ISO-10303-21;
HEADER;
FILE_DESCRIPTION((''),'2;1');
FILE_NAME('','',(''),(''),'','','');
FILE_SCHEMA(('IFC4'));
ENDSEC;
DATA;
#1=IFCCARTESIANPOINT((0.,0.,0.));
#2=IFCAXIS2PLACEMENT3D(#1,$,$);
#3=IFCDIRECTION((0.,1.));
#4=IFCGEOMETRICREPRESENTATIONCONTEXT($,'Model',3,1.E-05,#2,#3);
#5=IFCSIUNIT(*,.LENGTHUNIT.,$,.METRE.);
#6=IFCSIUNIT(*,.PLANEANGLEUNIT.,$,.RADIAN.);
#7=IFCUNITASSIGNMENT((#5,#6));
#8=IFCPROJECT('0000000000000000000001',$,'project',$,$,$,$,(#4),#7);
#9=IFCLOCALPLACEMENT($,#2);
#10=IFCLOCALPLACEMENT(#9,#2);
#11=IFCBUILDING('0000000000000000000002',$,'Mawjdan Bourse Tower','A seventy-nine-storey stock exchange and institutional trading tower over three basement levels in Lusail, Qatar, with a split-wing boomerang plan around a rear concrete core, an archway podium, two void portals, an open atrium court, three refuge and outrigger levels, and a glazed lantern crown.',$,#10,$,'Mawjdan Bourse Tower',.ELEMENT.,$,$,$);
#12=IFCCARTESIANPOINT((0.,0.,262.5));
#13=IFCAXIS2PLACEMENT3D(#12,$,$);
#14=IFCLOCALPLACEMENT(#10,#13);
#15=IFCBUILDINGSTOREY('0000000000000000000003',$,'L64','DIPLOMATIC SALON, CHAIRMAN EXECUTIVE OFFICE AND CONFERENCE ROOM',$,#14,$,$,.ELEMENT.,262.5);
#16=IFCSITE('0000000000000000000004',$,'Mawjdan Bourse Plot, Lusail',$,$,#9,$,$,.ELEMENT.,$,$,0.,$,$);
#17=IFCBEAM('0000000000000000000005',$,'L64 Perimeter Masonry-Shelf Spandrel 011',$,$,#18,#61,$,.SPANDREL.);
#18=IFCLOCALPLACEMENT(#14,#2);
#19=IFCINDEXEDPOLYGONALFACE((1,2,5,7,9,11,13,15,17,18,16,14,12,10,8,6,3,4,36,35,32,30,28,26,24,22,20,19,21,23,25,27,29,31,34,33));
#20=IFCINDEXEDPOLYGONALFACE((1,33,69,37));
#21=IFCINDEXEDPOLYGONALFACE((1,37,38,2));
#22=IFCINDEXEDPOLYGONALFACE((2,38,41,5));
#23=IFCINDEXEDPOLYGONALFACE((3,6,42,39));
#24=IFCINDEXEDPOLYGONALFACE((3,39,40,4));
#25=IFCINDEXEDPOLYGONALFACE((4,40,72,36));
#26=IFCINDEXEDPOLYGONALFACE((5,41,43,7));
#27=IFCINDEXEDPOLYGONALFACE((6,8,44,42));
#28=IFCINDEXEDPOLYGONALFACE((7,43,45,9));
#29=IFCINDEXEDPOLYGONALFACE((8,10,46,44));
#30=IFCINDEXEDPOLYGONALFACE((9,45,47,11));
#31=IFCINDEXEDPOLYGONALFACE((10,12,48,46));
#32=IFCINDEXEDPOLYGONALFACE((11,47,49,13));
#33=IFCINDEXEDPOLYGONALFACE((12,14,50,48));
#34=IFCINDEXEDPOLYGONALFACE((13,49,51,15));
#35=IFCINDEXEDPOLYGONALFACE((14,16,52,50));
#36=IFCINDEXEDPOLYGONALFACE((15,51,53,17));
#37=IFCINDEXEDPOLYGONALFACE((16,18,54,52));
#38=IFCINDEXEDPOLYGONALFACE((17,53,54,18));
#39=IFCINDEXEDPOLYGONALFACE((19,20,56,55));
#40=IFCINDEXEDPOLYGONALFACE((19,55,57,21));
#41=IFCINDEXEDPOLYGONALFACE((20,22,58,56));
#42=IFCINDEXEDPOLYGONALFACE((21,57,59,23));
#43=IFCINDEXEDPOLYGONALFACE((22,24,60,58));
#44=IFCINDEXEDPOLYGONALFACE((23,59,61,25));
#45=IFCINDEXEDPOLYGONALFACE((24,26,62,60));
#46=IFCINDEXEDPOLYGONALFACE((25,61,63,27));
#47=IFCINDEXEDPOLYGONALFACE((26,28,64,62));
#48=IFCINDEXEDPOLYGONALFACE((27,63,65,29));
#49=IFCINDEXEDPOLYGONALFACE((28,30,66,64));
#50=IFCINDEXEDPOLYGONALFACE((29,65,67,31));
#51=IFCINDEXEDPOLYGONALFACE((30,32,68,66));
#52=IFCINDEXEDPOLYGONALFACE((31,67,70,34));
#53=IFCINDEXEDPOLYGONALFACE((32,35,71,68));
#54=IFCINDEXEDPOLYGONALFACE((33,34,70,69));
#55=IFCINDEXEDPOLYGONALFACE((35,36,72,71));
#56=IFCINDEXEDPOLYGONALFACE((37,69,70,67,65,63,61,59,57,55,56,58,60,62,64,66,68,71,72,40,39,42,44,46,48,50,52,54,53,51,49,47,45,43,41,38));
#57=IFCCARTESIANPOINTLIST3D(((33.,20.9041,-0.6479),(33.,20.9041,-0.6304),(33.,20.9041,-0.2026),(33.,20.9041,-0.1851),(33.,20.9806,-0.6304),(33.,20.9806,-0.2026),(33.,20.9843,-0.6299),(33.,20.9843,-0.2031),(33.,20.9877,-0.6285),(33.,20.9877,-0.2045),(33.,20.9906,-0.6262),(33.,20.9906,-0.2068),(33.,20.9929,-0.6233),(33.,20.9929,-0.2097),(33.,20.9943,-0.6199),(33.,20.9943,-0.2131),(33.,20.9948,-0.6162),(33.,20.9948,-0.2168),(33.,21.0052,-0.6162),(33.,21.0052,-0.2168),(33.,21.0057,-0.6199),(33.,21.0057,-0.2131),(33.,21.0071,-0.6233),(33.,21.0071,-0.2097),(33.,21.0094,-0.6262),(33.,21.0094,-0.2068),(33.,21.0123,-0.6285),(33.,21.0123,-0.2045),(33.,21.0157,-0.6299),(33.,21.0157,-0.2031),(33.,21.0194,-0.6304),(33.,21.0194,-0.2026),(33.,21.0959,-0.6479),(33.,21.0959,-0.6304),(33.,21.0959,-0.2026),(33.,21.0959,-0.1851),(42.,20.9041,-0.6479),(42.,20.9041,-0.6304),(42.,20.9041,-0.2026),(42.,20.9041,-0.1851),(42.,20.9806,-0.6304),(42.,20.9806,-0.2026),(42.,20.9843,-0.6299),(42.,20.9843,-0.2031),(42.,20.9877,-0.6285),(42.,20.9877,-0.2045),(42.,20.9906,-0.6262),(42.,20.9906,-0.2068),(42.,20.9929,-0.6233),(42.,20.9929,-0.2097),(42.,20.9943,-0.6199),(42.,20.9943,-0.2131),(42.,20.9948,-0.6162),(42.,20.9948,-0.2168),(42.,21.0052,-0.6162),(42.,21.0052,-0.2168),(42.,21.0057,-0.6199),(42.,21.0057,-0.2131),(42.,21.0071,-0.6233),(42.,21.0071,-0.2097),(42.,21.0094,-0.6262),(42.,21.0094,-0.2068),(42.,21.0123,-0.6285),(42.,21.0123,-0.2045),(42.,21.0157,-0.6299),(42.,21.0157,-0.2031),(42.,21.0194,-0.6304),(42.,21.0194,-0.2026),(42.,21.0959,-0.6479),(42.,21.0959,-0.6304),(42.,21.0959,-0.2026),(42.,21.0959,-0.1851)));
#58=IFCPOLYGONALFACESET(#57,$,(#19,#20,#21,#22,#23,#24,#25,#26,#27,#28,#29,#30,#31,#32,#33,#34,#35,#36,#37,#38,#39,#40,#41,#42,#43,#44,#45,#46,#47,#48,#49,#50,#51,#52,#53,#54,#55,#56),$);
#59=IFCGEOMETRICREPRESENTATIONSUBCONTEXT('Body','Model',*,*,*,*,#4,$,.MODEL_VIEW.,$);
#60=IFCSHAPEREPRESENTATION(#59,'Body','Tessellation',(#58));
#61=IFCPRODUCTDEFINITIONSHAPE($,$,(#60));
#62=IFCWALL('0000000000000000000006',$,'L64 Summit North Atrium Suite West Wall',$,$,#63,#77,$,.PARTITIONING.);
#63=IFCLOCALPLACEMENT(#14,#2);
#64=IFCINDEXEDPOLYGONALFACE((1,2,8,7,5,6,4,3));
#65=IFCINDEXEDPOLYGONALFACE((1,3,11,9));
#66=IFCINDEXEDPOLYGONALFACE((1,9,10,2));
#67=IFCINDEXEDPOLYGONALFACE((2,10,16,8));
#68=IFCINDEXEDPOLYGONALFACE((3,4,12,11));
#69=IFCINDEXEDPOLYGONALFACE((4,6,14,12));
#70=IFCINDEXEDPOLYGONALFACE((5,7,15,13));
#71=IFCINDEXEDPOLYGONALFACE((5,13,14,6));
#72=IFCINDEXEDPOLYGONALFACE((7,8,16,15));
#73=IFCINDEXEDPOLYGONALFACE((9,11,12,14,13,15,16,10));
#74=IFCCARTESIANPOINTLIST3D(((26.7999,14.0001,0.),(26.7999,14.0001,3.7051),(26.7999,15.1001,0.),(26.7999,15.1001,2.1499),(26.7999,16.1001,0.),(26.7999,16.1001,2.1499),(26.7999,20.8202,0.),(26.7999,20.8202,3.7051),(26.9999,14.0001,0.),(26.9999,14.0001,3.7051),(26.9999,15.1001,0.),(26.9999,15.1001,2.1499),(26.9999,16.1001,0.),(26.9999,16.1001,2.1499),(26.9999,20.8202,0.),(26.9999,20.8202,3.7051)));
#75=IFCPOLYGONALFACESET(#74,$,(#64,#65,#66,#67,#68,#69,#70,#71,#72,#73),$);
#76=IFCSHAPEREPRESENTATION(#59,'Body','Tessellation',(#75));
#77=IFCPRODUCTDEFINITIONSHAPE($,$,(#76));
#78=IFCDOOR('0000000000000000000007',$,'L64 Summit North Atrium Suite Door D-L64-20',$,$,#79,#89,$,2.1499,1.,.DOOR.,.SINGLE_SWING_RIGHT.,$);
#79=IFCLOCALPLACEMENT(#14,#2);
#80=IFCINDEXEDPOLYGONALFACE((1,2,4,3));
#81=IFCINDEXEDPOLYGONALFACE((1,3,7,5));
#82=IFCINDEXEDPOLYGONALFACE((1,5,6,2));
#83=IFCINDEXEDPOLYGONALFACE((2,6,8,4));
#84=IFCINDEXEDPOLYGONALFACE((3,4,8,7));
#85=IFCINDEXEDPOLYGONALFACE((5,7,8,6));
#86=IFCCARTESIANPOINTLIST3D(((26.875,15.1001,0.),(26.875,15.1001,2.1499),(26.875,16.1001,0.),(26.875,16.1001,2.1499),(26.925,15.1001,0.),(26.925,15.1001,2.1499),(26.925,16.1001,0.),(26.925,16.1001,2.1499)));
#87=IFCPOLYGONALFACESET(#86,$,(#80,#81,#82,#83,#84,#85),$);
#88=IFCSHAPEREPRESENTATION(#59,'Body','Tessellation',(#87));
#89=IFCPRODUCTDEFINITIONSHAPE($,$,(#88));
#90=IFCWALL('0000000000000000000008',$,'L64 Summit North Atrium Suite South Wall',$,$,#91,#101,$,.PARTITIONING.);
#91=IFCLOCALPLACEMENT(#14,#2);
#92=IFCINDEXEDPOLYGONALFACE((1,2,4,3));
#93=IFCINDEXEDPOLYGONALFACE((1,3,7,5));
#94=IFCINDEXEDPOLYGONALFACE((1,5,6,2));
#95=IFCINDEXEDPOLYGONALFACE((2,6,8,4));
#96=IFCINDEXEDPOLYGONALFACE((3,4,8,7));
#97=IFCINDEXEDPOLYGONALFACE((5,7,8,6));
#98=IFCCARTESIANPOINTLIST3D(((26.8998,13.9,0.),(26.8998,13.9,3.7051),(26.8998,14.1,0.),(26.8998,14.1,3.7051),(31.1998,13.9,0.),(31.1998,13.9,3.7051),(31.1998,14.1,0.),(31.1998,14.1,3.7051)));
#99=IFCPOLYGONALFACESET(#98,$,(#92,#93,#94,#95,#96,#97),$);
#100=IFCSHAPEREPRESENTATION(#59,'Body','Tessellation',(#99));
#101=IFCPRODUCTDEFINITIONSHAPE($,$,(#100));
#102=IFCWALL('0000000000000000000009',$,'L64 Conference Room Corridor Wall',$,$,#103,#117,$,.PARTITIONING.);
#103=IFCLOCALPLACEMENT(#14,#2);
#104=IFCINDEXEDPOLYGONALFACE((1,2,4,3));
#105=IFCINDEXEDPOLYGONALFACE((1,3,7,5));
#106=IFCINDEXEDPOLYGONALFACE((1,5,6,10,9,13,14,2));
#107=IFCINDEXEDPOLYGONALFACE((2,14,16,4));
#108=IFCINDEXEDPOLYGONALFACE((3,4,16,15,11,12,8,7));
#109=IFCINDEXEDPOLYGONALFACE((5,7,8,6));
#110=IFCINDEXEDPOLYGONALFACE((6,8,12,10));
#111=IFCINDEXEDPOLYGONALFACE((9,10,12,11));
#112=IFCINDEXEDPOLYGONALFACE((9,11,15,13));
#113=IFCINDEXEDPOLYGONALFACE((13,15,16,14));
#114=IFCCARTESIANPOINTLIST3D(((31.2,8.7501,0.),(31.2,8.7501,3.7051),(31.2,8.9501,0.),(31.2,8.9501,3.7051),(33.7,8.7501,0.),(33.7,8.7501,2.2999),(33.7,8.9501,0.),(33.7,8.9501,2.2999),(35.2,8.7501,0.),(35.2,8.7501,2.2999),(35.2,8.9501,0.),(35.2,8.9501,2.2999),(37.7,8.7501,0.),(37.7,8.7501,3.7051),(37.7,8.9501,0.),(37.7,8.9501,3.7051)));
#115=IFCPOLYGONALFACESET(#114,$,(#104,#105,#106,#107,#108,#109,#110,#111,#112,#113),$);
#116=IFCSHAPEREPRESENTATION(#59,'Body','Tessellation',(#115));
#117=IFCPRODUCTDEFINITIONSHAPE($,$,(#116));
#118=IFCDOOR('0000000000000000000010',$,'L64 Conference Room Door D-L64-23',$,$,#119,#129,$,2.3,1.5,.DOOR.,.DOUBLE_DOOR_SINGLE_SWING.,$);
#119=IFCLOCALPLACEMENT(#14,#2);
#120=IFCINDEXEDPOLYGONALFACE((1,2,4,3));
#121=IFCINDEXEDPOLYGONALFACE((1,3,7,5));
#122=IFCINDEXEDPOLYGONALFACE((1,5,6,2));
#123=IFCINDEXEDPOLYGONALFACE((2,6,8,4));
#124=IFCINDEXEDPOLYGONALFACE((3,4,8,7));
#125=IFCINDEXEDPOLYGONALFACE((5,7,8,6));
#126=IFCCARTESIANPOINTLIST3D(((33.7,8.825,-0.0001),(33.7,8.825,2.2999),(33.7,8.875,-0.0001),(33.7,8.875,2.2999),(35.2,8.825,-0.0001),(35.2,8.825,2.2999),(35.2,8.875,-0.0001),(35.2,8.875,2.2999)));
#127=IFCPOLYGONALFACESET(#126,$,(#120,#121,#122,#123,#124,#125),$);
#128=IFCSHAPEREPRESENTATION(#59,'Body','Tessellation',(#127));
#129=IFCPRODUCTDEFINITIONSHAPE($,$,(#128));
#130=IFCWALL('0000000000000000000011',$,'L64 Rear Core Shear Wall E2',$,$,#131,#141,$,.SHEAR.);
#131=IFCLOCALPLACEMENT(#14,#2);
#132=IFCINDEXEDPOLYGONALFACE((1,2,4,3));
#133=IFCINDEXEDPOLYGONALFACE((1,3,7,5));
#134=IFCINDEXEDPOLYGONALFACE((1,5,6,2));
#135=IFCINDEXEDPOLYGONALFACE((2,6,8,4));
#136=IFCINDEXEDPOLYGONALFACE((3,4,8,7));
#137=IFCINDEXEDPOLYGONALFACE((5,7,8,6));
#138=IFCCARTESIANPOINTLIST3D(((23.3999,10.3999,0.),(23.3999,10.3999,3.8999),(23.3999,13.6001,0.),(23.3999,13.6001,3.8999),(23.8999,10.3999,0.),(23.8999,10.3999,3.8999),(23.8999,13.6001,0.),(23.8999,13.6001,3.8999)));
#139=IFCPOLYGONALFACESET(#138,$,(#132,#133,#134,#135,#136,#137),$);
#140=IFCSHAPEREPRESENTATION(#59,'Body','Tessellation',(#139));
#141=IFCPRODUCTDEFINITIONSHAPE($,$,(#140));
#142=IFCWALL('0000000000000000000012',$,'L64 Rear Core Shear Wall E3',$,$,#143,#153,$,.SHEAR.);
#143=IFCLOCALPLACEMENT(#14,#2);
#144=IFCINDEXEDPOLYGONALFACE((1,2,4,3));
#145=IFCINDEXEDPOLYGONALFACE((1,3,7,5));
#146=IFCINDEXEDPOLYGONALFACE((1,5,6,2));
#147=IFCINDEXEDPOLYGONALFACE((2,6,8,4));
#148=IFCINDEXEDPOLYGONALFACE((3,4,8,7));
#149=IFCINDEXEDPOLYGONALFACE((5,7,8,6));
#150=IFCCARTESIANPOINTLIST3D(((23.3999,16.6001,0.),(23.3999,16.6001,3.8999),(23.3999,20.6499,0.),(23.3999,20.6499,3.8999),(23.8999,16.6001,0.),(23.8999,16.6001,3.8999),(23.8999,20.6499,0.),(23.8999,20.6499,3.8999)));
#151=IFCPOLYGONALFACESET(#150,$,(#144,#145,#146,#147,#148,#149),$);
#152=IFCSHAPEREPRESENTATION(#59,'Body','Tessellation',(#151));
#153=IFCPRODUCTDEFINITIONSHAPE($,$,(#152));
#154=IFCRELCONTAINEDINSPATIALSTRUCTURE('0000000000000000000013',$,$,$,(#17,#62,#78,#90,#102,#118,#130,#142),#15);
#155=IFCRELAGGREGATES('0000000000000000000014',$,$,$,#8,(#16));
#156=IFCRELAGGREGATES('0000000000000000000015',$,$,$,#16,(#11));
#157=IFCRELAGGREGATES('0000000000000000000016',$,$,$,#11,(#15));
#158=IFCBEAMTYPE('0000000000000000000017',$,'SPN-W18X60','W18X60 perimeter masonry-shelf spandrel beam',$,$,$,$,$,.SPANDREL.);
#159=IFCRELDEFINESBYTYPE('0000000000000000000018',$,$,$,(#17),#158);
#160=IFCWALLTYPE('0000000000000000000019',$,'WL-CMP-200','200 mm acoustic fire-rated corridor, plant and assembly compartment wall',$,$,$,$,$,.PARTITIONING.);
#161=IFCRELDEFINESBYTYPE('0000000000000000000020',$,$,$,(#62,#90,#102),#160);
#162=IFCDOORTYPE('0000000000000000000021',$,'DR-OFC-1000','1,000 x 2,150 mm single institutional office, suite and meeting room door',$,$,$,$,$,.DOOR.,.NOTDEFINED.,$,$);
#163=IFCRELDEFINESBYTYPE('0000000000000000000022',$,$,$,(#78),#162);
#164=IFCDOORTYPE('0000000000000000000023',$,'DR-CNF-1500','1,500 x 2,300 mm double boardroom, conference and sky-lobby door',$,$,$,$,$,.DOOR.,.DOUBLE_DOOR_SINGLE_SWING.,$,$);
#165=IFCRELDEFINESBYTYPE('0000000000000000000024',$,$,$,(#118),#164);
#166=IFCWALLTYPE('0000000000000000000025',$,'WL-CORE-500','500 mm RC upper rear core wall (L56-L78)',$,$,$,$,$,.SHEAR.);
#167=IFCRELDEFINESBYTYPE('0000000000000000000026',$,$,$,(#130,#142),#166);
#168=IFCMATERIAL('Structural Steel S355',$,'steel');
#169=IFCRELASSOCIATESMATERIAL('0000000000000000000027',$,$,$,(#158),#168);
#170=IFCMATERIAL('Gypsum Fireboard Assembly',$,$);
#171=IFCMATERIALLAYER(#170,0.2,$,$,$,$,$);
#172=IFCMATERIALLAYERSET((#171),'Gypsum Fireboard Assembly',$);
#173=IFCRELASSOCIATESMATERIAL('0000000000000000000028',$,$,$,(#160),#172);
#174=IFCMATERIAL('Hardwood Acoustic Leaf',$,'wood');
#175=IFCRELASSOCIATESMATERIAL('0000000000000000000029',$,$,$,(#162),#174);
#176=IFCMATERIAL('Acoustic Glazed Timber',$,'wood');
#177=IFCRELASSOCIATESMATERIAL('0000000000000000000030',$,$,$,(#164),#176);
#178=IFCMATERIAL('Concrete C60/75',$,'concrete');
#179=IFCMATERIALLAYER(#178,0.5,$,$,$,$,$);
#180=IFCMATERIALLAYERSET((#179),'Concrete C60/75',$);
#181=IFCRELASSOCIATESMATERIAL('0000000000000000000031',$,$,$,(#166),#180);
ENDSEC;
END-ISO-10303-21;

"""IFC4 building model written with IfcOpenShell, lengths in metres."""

from ifc_helpers import new_model, si_unit, direction, frame, frame_2d, origin, origin_2d, place, context, subcontext, project, spatial, rectangle, i_section, extrude, material, layer, layer_set, material_profile, profile_set, type_object, element, fill, save


model = new_model("IFC4")

# Units and contexts
model_context = context("Model", 3, precision=1e-05, world=origin(), true_north=direction((0.0, 1.0)))
body_context = subcontext(model_context, "Body", "Model", "MODEL_VIEW")
ifc_project = project(units=[si_unit("LENGTHUNIT", "METRE"), si_unit("PLANEANGLEUNIT", "RADIAN")], contexts=[model_context])

# Site, building, storey
site_placement = place(None, origin())
site = spatial("IfcSite", under=ifc_project, at=site_placement, Name="Mawjdan Bourse Plot, Lusail", CompositionType="ELEMENT", RefElevation=0.0)
building_placement = place(site_placement, origin())
building = spatial("IfcBuilding", under=site, at=building_placement, Name="Mawjdan Bourse Tower", Description="A seventy-nine-storey stock exchange and institutional trading tower over three basement levels in Lusail, Qatar, with a split-wing boomerang plan around a rear concrete core, an archway podium, two void portals, an open atrium court, three refuge and outrigger levels, and a glazed lantern crown.", LongName="Mawjdan Bourse Tower", CompositionType="ELEMENT")
storey_placement = place(building_placement, frame((0.0, 0.0, 262.5)))
storey = spatial("IfcBuildingStorey", under=building, at=storey_placement, Name="L64", Description="DIPLOMATIC SALON, CHAIRMAN EXECUTIVE OFFICE AND CONFERENCE ROOM", CompositionType="ELEMENT", Elevation=262.5)

# Shared definitions
ifc_material_1 = material(Name="Concrete C60/75", Category="concrete")

# Beam
ifc_material_2 = material(Name="Structural Steel S355", Category="steel")
ifc_material_profile_1 = material_profile(ifc_material_2, i_section(OverallWidth=0.1919, OverallDepth=0.4629, WebThickness=0.0105, FlangeThickness=0.0176, FilletRadius=0.0142, at=origin_2d()), Name="W18X60")
ifc_profile_set_1 = profile_set([ifc_material_profile_1], Name="Structural Steel S355")
beam_type_1 = type_object("IfcBeamType", Name="SPN-W18X60", Description="W18X60 perimeter masonry-shelf spandrel beam", PredefinedType="SPANDREL", material=ifc_profile_set_1)
for number, where, z_axis, x_axis, name in (
    (1, (33.0, 21.0, -0.4165), (1.0, 0.0, 0.0), (0.0, 1.0, 0.0), "L64 Perimeter Masonry-Shelf Spandrel 011"),
):
    element("IfcBeam", number, at=place(storey_placement, frame(where, z_axis=z_axis, x_axis=x_axis)), inside=storey, type_object=beam_type_1, Name=name, PredefinedType="SPANDREL", context=body_context, shape_type="SweptSolid", body=[
        extrude(i_section(OverallWidth=0.1919, OverallDepth=0.4629, WebThickness=0.0105, FlangeThickness=0.0176, FilletRadius=0.0142, at=origin_2d()), origin(), (0.0, 0.0, 1.0), 9.0),
    ])

# Wall, opening, door
ifc_material_3 = material(Name="Gypsum Fireboard Assembly")
ifc_layer_1 = layer(ifc_material_3, 0.2)
ifc_layer_set_1 = layer_set([ifc_layer_1], Name="Gypsum Fireboard Assembly")
wall_type_1 = type_object("IfcWallType", Name="WL-CMP-200", Description="200 mm acoustic fire-rated corridor, plant and assembly compartment wall", PredefinedType="PARTITIONING", material=ifc_layer_set_1)
ifc_material_4 = material(Name="Hardwood Acoustic Leaf", Category="wood")
door_type_1 = type_object("IfcDoorType", Name="DR-OFC-1000", Description="1,000 x 2,150 mm single institutional office, suite and meeting room door", OperationType="NOTDEFINED", PredefinedType="DOOR", material=ifc_material_4)
wall_1_placement = place(storey_placement, frame((26.8999, 14.0, 0.0), z_axis=(0.0, 0.0, 1.0), x_axis=(0.0, 1.0, 0.0)))
wall_1 = element("IfcWall", 2, at=wall_1_placement, inside=storey, type_object=wall_type_1, Name="L64 Summit North Atrium Suite West Wall", PredefinedType="PARTITIONING", context=body_context, shape_type="SweptSolid", body=[
    extrude(rectangle(XDim=6.8201, YDim=0.2, at=frame_2d((3.4102, 0.0))), origin(), (0.0, 0.0, 1.0), 3.7051),
])
opening_1_placement = place(wall_1_placement, frame((1.1001, 0.0, 0.0)))
opening_1 = element("IfcOpeningElement", 3, at=opening_1_placement, cuts=wall_1, PredefinedType="OPENING", context=body_context, shape_type="SweptSolid", body=[
    extrude(rectangle(XDim=1.0, YDim=2.1499, at=frame_2d((0.5, 1.075))), frame((0.0, 0.1099, 0.0), z_axis=(0.0, -1.0, 0.0), x_axis=(1.0, 0.0, 0.0)), (0.0, 0.0, 1.0), 0.22),
])
door_1_placement = place(opening_1_placement, origin())
door_1 = element("IfcDoor", 4, at=door_1_placement, inside=storey, type_object=door_type_1, Name="L64 Summit North Atrium Suite Door D-L64-20", OperationType="SINGLE_SWING_RIGHT", OverallHeight=2.1499, OverallWidth=1.0, PredefinedType="DOOR", context=body_context, shape_type="SweptSolid", body=[
    extrude(rectangle(XDim=1.0, YDim=2.1499, at=frame_2d((0.5, 1.075))), frame((0.0, 0.0249, 0.0), z_axis=(0.0, -1.0, 0.0), x_axis=(1.0, 0.0, 0.0)), (0.0, 0.0, 1.0), 0.05),
])
fill(opening_1, door_1)

# Wall
wall_2_placement = place(storey_placement, frame((26.8999, 14.0, 0.0), z_axis=(0.0, 0.0, 1.0), x_axis=(1.0, 0.0, 0.0)))
element("IfcWall", 5, at=wall_2_placement, inside=storey, type_object=wall_type_1, Name="L64 Summit North Atrium Suite South Wall", PredefinedType="PARTITIONING", context=body_context, shape_type="SweptSolid", body=[
    extrude(rectangle(XDim=4.3, YDim=0.2, at=frame_2d((2.1499, 0.0))), origin(), (0.0, 0.0, 1.0), 3.7051),
])

# Wall, opening, door
wall_3_placement = place(storey_placement, frame((31.2, 8.8501, 0.0), z_axis=(0.0, 0.0, 1.0), x_axis=(1.0, 0.0, 0.0)))
wall_3 = element("IfcWall", 6, at=wall_3_placement, inside=storey, type_object=wall_type_1, Name="L64 Conference Room Corridor Wall", PredefinedType="PARTITIONING", context=body_context, shape_type="SweptSolid", body=[
    extrude(rectangle(XDim=6.5, YDim=0.2, at=frame_2d((3.25, 0.0))), origin(), (0.0, 0.0, 1.0), 3.7051),
])
opening_2_placement = place(wall_3_placement, frame((2.5, 0.0, 0.0)))
opening_2 = element("IfcOpeningElement", 7, at=opening_2_placement, cuts=wall_3, PredefinedType="OPENING", context=body_context, shape_type="SweptSolid", body=[
    extrude(rectangle(XDim=1.5, YDim=2.3, at=frame_2d((0.75, 1.1499))), frame((0.0, 0.1099, 0.0), z_axis=(0.0, -1.0, 0.0), x_axis=(1.0, 0.0, 0.0)), (0.0, 0.0, 1.0), 0.22),
])
ifc_material_5 = material(Name="Acoustic Glazed Timber", Category="wood")
door_type_2 = type_object("IfcDoorType", Name="DR-CNF-1500", Description="1,500 x 2,300 mm double boardroom, conference and sky-lobby door", OperationType="DOUBLE_DOOR_SINGLE_SWING", PredefinedType="DOOR", material=ifc_material_5)
door_2_placement = place(opening_2_placement, origin())
door_2 = element("IfcDoor", 8, at=door_2_placement, inside=storey, type_object=door_type_2, Name="L64 Conference Room Door D-L64-23", OperationType="DOUBLE_DOOR_SINGLE_SWING", OverallHeight=2.3, OverallWidth=1.5, PredefinedType="DOOR", context=body_context, shape_type="SweptSolid", body=[
    extrude(rectangle(XDim=1.5, YDim=2.3, at=frame_2d((0.75, 1.1499))), frame((0.0, 0.0249, 0.0), z_axis=(0.0, -1.0, 0.0), x_axis=(1.0, 0.0, 0.0)), (0.0, 0.0, 1.0), 0.05),
])
fill(opening_2, door_2)

# Walls
ifc_layer_2 = layer(ifc_material_1, 0.5)
ifc_layer_set_2 = layer_set([ifc_layer_2], Name="Concrete C60/75")
wall_type_2 = type_object("IfcWallType", Name="WL-CORE-500", Description="500 mm RC upper rear core wall (L56-L78)", PredefinedType="SHEAR", material=ifc_layer_set_2)
wall_4_placement = place(storey_placement, frame((23.6499, 10.3999, 0.0), z_axis=(0.0, 0.0, 1.0), x_axis=(0.0, 1.0, 0.0)))
element("IfcWall", 9, at=wall_4_placement, inside=storey, type_object=wall_type_2, Name="L64 Rear Core Shear Wall E2", PredefinedType="SHEAR", context=body_context, shape_type="SweptSolid", body=[
    extrude(rectangle(XDim=3.2002, YDim=0.5, at=frame_2d((1.6001, 0.0))), origin(), (0.0, 0.0, 1.0), 3.8999),
])
wall_5_placement = place(storey_placement, frame((23.6499, 16.6001, 0.0), z_axis=(0.0, 0.0, 1.0), x_axis=(0.0, 1.0, 0.0)))
element("IfcWall", 10, at=wall_5_placement, inside=storey, type_object=wall_type_2, Name="L64 Rear Core Shear Wall E3", PredefinedType="SHEAR", context=body_context, shape_type="SweptSolid", body=[
    extrude(rectangle(XDim=4.0498, YDim=0.5, at=frame_2d((2.0249, 0.0))), origin(), (0.0, 0.0, 1.0), 3.8999),
])

save(model, "model.ifc")
